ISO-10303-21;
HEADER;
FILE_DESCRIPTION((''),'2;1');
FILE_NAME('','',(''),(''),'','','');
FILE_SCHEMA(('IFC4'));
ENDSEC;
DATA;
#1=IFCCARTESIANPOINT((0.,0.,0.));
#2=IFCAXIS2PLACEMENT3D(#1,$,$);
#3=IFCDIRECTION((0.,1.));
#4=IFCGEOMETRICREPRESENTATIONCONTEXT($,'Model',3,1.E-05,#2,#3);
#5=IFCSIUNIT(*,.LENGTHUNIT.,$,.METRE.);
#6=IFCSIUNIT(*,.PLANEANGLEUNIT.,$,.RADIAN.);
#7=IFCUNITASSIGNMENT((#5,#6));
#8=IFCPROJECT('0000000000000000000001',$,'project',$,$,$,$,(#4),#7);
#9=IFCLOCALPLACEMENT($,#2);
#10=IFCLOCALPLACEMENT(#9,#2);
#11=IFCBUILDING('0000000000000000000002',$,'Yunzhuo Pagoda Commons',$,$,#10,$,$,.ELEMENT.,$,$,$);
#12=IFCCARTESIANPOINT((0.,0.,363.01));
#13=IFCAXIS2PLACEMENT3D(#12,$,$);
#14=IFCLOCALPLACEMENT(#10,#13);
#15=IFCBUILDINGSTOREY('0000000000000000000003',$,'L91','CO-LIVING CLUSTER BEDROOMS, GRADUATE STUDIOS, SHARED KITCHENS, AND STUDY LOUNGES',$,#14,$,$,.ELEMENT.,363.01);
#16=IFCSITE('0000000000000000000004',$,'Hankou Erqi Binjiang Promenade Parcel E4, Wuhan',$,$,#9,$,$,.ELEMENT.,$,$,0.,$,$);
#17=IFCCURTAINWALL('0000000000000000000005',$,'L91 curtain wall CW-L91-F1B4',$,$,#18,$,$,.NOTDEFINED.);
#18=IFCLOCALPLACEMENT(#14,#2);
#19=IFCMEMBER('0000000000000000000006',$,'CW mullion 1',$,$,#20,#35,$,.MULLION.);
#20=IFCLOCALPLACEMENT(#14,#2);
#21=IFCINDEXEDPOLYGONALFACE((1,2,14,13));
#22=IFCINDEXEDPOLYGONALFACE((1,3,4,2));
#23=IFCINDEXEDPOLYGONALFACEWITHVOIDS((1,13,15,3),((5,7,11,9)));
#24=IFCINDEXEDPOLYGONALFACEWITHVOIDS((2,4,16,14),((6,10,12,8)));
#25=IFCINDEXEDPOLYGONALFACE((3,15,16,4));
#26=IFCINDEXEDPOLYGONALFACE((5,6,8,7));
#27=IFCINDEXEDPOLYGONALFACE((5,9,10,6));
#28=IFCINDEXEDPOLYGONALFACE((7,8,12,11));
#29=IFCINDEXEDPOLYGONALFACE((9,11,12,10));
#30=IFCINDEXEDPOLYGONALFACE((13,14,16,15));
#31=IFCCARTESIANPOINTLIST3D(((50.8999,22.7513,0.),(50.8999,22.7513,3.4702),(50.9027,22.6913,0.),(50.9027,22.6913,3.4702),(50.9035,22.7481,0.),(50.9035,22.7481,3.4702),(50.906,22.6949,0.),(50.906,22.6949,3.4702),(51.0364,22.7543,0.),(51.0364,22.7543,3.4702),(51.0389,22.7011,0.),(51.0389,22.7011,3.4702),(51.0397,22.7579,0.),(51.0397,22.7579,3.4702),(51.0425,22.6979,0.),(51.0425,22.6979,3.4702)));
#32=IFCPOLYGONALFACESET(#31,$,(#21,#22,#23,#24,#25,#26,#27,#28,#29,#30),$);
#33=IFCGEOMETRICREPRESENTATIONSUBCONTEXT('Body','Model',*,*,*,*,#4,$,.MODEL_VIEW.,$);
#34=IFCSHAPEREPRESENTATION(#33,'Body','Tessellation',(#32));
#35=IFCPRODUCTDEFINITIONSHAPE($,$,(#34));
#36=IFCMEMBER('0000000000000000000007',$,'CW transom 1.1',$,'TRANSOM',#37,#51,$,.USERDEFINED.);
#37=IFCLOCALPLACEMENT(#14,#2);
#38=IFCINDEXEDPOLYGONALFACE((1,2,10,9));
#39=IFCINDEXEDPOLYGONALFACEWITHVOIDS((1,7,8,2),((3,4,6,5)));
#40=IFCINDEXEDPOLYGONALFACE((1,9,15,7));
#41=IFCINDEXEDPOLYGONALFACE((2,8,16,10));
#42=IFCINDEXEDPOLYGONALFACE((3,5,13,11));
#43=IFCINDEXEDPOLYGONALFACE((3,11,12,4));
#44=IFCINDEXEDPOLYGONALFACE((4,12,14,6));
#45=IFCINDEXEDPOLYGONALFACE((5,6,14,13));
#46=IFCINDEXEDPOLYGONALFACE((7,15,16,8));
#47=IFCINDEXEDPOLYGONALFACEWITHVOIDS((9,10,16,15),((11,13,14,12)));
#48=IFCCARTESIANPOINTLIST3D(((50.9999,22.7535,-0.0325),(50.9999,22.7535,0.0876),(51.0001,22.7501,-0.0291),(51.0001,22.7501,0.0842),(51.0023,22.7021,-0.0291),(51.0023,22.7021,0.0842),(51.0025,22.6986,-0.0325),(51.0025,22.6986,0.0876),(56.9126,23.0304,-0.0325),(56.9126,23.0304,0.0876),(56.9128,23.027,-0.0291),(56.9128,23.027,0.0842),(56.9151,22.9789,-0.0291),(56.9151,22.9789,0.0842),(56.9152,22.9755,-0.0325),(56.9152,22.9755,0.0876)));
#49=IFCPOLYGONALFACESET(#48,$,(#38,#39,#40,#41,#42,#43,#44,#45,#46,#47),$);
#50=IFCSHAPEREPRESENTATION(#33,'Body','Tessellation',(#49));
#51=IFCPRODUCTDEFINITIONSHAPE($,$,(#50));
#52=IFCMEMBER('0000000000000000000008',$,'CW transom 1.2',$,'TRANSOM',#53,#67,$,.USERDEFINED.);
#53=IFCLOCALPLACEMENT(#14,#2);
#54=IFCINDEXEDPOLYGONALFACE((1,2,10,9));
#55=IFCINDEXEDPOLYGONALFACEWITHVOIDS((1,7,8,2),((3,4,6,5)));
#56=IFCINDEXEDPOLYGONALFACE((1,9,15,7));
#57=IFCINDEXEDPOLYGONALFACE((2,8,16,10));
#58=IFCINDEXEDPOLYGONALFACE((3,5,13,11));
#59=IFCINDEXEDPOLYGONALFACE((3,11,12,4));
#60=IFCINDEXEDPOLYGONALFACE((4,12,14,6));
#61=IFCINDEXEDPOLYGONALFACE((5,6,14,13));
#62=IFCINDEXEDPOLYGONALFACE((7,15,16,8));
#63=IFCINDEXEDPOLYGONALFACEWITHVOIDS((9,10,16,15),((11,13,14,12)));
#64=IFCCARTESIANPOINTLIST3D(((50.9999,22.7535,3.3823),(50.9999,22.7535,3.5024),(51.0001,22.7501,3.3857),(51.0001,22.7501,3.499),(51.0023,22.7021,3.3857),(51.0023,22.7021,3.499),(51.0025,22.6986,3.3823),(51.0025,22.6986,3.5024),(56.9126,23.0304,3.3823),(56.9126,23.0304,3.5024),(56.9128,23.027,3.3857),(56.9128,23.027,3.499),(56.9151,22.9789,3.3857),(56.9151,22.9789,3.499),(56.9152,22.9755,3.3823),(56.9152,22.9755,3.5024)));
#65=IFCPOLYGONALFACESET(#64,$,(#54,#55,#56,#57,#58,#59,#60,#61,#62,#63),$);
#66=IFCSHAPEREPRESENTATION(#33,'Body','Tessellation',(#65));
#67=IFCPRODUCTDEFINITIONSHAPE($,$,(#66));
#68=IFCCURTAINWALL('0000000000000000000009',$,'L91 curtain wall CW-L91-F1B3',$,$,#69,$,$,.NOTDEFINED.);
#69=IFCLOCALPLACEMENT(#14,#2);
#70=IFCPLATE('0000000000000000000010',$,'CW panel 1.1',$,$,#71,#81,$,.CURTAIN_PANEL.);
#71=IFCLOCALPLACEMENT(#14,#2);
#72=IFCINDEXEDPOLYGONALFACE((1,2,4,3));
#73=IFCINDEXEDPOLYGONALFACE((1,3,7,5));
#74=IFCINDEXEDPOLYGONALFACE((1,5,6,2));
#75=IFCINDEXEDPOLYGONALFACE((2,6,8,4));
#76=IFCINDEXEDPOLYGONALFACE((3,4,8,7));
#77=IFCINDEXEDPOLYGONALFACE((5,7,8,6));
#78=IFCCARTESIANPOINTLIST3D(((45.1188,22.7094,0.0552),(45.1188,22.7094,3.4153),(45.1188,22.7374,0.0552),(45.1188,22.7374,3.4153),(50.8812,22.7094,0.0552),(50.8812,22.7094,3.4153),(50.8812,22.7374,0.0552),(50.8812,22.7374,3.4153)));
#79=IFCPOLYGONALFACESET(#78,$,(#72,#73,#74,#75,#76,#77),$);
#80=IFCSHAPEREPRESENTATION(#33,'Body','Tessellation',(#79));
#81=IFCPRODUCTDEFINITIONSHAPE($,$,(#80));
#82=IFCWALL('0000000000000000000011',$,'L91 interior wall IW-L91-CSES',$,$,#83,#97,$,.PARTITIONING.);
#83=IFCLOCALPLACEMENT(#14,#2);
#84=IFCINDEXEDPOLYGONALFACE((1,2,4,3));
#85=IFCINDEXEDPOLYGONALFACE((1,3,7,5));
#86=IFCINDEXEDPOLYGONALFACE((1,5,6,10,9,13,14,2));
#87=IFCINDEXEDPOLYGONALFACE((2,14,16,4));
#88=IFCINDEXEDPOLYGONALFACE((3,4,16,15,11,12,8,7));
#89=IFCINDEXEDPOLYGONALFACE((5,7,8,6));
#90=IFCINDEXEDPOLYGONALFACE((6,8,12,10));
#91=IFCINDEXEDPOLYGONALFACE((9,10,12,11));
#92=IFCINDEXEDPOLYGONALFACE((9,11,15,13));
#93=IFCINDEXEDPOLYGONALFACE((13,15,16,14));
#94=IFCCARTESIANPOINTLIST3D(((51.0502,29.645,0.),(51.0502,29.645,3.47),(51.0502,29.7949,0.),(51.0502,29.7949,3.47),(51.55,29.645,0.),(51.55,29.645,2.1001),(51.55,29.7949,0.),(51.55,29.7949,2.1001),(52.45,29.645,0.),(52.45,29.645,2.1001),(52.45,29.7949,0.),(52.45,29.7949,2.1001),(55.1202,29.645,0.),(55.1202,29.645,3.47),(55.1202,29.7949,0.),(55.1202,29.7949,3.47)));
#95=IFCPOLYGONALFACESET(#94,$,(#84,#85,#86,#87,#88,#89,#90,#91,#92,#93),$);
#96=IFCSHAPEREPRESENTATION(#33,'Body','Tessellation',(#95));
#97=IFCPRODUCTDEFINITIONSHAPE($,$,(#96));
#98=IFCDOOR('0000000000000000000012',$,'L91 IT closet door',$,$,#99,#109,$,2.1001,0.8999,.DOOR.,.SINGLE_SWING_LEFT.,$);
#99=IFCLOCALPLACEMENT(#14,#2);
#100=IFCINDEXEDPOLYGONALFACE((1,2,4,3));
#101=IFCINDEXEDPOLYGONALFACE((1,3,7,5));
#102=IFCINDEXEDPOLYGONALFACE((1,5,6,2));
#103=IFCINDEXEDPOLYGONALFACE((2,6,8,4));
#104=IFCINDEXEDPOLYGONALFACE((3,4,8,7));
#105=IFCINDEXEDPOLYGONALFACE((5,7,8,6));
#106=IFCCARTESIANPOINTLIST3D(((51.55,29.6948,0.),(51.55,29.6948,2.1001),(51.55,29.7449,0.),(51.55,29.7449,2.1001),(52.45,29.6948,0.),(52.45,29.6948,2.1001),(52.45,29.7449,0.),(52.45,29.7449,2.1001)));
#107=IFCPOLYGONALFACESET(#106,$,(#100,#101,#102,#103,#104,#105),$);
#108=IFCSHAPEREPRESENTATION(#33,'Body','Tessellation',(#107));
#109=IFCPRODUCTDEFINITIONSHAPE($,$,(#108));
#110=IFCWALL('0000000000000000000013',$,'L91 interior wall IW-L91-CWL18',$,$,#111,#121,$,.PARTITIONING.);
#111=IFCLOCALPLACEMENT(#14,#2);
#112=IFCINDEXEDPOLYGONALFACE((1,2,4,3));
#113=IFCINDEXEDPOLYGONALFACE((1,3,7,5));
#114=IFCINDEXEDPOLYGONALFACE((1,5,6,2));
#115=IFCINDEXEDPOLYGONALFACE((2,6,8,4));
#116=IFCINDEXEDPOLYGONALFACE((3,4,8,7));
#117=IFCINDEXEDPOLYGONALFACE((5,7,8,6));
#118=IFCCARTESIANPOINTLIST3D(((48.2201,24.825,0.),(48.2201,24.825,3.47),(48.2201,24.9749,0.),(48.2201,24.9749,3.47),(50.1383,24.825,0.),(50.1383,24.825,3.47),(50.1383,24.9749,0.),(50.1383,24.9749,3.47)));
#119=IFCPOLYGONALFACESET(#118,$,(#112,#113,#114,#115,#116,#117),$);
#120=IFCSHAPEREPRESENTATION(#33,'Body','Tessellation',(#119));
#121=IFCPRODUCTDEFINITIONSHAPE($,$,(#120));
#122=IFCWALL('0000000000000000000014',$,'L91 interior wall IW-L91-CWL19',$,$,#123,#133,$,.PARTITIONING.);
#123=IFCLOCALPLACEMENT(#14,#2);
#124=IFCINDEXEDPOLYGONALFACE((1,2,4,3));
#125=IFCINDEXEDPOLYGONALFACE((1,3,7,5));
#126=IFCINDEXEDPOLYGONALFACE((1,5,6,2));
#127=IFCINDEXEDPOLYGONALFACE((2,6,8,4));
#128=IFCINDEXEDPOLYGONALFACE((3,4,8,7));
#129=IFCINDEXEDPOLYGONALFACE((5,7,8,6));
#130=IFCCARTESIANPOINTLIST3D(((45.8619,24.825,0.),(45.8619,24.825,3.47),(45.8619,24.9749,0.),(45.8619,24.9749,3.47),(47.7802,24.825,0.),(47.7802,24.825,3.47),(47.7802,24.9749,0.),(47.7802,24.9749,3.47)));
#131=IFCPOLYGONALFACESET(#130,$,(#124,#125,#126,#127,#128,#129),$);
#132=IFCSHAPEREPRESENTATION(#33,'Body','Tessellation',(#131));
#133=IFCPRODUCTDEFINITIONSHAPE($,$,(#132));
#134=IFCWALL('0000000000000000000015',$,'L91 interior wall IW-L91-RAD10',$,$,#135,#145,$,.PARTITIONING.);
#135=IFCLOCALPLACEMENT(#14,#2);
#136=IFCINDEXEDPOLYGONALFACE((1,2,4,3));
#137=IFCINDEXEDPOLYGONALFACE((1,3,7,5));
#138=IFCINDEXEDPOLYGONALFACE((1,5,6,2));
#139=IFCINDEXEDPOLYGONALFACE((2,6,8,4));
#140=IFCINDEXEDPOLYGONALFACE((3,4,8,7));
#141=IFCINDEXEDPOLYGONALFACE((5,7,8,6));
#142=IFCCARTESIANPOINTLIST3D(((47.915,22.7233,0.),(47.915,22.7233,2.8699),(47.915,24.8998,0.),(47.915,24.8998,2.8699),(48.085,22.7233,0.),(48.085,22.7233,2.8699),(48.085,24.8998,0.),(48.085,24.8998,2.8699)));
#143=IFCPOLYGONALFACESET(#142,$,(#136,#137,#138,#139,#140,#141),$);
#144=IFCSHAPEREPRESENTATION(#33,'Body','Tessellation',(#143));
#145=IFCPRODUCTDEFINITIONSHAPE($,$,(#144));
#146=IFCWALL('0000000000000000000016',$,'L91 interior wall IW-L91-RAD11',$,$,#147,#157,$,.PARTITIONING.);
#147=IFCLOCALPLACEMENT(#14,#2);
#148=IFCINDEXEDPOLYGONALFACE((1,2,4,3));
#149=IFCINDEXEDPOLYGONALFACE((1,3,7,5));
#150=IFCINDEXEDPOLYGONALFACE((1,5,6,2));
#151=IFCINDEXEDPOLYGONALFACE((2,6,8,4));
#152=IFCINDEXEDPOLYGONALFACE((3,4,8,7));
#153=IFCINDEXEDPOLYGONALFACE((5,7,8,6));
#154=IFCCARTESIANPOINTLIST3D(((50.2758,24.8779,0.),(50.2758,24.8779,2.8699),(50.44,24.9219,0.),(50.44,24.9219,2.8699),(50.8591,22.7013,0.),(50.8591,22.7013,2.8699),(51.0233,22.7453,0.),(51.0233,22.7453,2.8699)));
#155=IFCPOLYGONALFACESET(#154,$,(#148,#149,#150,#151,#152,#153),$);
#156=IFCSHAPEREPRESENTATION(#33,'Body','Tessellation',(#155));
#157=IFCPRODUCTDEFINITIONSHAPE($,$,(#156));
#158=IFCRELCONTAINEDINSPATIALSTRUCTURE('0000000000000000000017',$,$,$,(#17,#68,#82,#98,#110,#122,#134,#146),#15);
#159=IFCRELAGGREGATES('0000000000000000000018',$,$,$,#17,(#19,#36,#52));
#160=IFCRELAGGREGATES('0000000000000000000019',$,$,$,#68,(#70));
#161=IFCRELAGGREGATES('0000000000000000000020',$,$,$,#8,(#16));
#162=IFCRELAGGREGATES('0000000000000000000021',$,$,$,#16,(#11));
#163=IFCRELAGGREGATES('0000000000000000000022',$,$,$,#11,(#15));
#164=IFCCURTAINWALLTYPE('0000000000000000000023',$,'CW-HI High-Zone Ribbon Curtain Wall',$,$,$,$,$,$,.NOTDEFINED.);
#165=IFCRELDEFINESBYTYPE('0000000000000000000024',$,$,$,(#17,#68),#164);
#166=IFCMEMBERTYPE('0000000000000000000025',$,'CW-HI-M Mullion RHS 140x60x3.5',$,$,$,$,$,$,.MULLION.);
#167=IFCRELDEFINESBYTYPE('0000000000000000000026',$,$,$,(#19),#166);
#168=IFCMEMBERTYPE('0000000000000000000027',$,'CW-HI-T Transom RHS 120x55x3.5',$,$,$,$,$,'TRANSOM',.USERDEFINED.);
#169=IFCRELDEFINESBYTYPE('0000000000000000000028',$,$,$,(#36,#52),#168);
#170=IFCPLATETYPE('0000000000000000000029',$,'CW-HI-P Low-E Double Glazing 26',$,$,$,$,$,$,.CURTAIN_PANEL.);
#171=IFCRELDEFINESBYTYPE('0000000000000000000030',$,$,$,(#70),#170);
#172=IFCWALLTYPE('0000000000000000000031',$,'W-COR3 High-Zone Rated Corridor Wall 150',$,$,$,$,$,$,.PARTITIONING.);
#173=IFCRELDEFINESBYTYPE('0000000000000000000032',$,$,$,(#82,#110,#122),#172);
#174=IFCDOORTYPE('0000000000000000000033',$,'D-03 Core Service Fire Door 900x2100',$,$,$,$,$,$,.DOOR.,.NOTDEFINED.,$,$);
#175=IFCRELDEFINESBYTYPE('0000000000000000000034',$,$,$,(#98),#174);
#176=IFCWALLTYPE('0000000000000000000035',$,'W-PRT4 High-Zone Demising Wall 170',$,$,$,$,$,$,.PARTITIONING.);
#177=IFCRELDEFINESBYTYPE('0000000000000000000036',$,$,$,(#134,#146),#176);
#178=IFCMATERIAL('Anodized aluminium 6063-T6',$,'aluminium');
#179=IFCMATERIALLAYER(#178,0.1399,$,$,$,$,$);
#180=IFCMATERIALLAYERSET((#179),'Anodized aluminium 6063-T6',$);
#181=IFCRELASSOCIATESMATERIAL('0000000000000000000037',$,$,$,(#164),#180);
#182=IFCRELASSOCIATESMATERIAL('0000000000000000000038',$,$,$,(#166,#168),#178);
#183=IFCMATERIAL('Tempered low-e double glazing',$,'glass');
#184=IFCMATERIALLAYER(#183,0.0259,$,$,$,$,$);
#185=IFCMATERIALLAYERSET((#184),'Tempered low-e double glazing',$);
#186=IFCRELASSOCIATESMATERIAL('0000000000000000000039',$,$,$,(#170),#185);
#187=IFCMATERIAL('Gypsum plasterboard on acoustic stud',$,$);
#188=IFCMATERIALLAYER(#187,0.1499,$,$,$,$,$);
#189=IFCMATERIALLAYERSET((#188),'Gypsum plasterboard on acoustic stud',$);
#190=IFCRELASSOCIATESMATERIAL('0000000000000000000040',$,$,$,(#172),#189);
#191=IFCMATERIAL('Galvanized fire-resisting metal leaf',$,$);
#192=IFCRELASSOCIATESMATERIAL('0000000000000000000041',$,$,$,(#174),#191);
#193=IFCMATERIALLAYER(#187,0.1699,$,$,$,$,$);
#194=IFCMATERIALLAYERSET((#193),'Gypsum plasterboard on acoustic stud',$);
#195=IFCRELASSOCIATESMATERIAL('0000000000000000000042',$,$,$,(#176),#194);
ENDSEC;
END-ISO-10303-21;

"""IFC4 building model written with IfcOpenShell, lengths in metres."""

from ifc_helpers import new_model, si_unit, direction, frame, frame_2d, origin, origin_with_axes, origin_2d, place, context, subcontext, project, spatial, rectangle, hollow_rectangle, extrude, source, transform, mapped, material, layer, layer_set, material_profile, profile_set, type_object, element, fill, aggregate, save


model = new_model("IFC4")

# Units and contexts
model_context = context("Model", 3, precision=1e-05, world=origin(), true_north=direction((0.0, 1.0)))
body_context = subcontext(model_context, "Body", "Model", "MODEL_VIEW")
ifc_project = project(units=[si_unit("LENGTHUNIT", "METRE"), si_unit("PLANEANGLEUNIT", "RADIAN")], contexts=[model_context])

# Site, building, storey
site_placement = place(None, origin())
site = spatial("IfcSite", under=ifc_project, at=site_placement, Name="Hankou Erqi Binjiang Promenade Parcel E4, Wuhan", CompositionType="ELEMENT", RefElevation=0.0)
building_placement = place(site_placement, origin())
building = spatial("IfcBuilding", under=site, at=building_placement, Name="Yunzhuo Pagoda Commons", CompositionType="ELEMENT")
storey_placement = place(building_placement, frame((0.0, 0.0, 363.01)))
storey = spatial("IfcBuildingStorey", under=building, at=storey_placement, Name="L91", Description="CO-LIVING CLUSTER BEDROOMS, GRADUATE STUDIOS, SHARED KITCHENS, AND STUDY LOUNGES", CompositionType="ELEMENT", Elevation=363.01)

# Curtain wall, members
ifc_material_1 = material(Name="Anodized aluminium 6063-T6", Category="aluminium")
ifc_layer_1 = layer(ifc_material_1, 0.1399)
ifc_layer_set_1 = layer_set([ifc_layer_1], Name="Anodized aluminium 6063-T6")
curtain_wall_type = type_object("IfcCurtainWallType", Name="CW-HI High-Zone Ribbon Curtain Wall", PredefinedType="NOTDEFINED", material=ifc_layer_set_1)
curtain_wall_1_placement = place(storey_placement, origin())
curtain_wall_1 = element("IfcCurtainWall", 1, at=curtain_wall_1_placement, inside=storey, type_object=curtain_wall_type, Name="L91 curtain wall CW-L91-F1B4", PredefinedType="NOTDEFINED")
ifc_material_profile_1 = material_profile(ifc_material_1, hollow_rectangle(XDim=0.0601, YDim=0.1399, WallThickness=0.0034, at=origin_2d()), Name="Anodized aluminium 6063-T6")
ifc_profile_set_1 = profile_set([ifc_material_profile_1], Name="Anodized aluminium 6063-T6")
member_type_1 = type_object("IfcMemberType", Name="CW-HI-M Mullion RHS 140x60x3.5", PredefinedType="MULLION", material=ifc_profile_set_1)
shared_shape_1 = source(origin(), body_context, "Body", "SweptSolid", [
    extrude(hollow_rectangle(XDim=0.0601, YDim=0.1399, WallThickness=0.0034, at=origin_2d()), origin(), (0.0, 0.0, 1.0), 3.4702),
])
member_1_placement = place(storey_placement, frame((50.9712, 22.7246, 0.0), z_axis=(0.0, 0.0, 1.0), x_axis=(-0.046712, 0.998908, 0.0)))
member_1 = element("IfcMember", 2, at=member_1_placement, type_object=member_type_1, Name="CW mullion 1", PredefinedType="MULLION", context=body_context, shape_type="MappedRepresentation", body=[
    mapped(shared_shape_1, transform((0.0, 0.0, 0.0), scale=1.0)),
])
ifc_material_profile_2 = material_profile(ifc_material_1, hollow_rectangle(XDim=0.0549, YDim=0.1201, WallThickness=0.0034, at=origin_2d()), Name="Anodized aluminium 6063-T6")
ifc_profile_set_2 = profile_set([ifc_material_profile_2], Name="Anodized aluminium 6063-T6")
member_type_2 = type_object("IfcMemberType", Name="CW-HI-T Transom RHS 120x55x3.5", ElementType="TRANSOM", PredefinedType="USERDEFINED", material=ifc_profile_set_2)
shared_shape_2 = source(origin(), body_context, "Body", "SweptSolid", [
    extrude(hollow_rectangle(XDim=0.0549, YDim=0.1201, WallThickness=0.0034, at=origin_2d()), origin(), (0.0, 0.0, 1.0), 5.9192),
])
member_2_placement = place(storey_placement, frame((51.0012, 22.7261, 0.0276), z_axis=(0.998906, 0.046773, 0.0), x_axis=(-0.046773, 0.998906, 0.0)))
member_2 = element("IfcMember", 3, at=member_2_placement, type_object=member_type_2, Name="CW transom 1.1", ObjectType="TRANSOM", PredefinedType="USERDEFINED", context=body_context, shape_type="MappedRepresentation", body=[
    mapped(shared_shape_2, transform((0.0, 0.0, 0.0), scale=1.0)),
])
member_3_placement = place(storey_placement, frame((51.0012, 22.7261, 3.4424), z_axis=(0.998906, 0.046773, 0.0), x_axis=(-0.046773, 0.998906, 0.0)))
member_3 = element("IfcMember", 4, at=member_3_placement, type_object=member_type_2, Name="CW transom 1.2", ObjectType="TRANSOM", PredefinedType="USERDEFINED", context=body_context, shape_type="MappedRepresentation", body=[
    mapped(shared_shape_2, transform((0.0, 0.0, 0.0), scale=1.0)),
])
aggregate(curtain_wall_1, [member_1, member_2, member_3])

# Curtain wall, plate
curtain_wall_2_placement = place(storey_placement, origin())
curtain_wall_2 = element("IfcCurtainWall", 5, at=curtain_wall_2_placement, inside=storey, type_object=curtain_wall_type, Name="L91 curtain wall CW-L91-F1B3", PredefinedType="NOTDEFINED")
ifc_material_2 = material(Name="Tempered low-e double glazing", Category="glass")
ifc_layer_2 = layer(ifc_material_2, 0.0259)
ifc_layer_set_2 = layer_set([ifc_layer_2], Name="Tempered low-e double glazing")
plate_type = type_object("IfcPlateType", Name="CW-HI-P Low-E Double Glazing 26", PredefinedType="CURTAIN_PANEL", material=ifc_layer_set_2)
shared_shape_3 = source(origin(), body_context, "Body", "SweptSolid", [
    extrude(rectangle(XDim=5.7625, YDim=0.0281, at=origin_2d()), origin(), (0.0, 0.0, 1.0), 3.3601),
])
plate_placement = place(storey_placement, frame((48.0, 22.7234, 0.0552), z_axis=(0.0, 0.0, 1.0), x_axis=(1.0, 0.0, 0.0)))
plate = element("IfcPlate", 6, at=plate_placement, type_object=plate_type, Name="CW panel 1.1", PredefinedType="CURTAIN_PANEL", context=body_context, shape_type="MappedRepresentation", body=[
    mapped(shared_shape_3, transform((0.0, 0.0, 0.0), scale=1.0)),
])
aggregate(curtain_wall_2, [plate])

# Wall, opening, door
ifc_material_3 = material(Name="Gypsum plasterboard on acoustic stud")
ifc_layer_3 = layer(ifc_material_3, 0.1499)
ifc_layer_set_3 = layer_set([ifc_layer_3], Name="Gypsum plasterboard on acoustic stud")
wall_type_1 = type_object("IfcWallType", Name="W-COR3 High-Zone Rated Corridor Wall 150", PredefinedType="PARTITIONING", material=ifc_layer_set_3)
wall_1_placement = place(storey_placement, frame((51.05, 29.72, 0.0), z_axis=(0.0, 0.0, 1.0), x_axis=(1.0, 0.0, 0.0)))
wall_1 = element("IfcWall", 7, at=wall_1_placement, inside=storey, type_object=wall_type_1, Name="L91 interior wall IW-L91-CSES", PredefinedType="PARTITIONING", context=body_context, shape_type="SweptSolid", body=[
    extrude(rectangle(XDim=4.0701, YDim=0.1499, at=frame_2d((2.0352, 0.0))), origin(), (0.0, 0.0, 1.0), 3.47),
])
opening_1_placement = place(wall_1_placement, frame((0.5, 0.0, 0.0)))
opening_1 = element("IfcOpeningElement", 8, at=opening_1_placement, cuts=wall_1, PredefinedType="OPENING", context=body_context, shape_type="SweptSolid", body=[
    extrude(rectangle(XDim=0.8999, YDim=2.1001, at=frame_2d((0.45, 1.05))), frame((0.0, 0.085, 0.0), z_axis=(0.0, -1.0, 0.0), x_axis=(1.0, 0.0, 0.0)), (0.0, 0.0, 1.0), 0.1699),
])
ifc_material_4 = material(Name="Galvanized fire-resisting metal leaf")
door_type_1 = type_object("IfcDoorType", Name="D-03 Core Service Fire Door 900x2100", OperationType="NOTDEFINED", PredefinedType="DOOR", material=ifc_material_4)
shared_shape_4 = source(origin(), body_context, "Body", "SweptSolid", [
    extrude(rectangle(XDim=0.8999, YDim=2.1001, at=frame_2d((0.45, 1.05))), frame((0.0, 0.0249, 0.0), z_axis=(0.0, -1.0, 0.0), x_axis=(1.0, 0.0, 0.0)), (0.0, 0.0, 1.0), 0.05),
])
door_1_placement = place(opening_1_placement, origin_with_axes())
door_1 = element("IfcDoor", 9, at=door_1_placement, inside=storey, type_object=door_type_1, Name="L91 IT closet door", OperationType="SINGLE_SWING_LEFT", OverallHeight=2.1001, OverallWidth=0.8999, PredefinedType="DOOR", context=body_context, shape_type="MappedRepresentation", body=[
    mapped(shared_shape_4, transform((0.0, 0.0, 0.0), scale=1.0)),
])
fill(opening_1, door_1)

# Walls
for number, where, z_axis, x_axis, name in (
    (10, (50.1382, 24.8999, 0.0), (0.0, 0.0, 1.0), (-1.0, 0.0, 0.0), "L91 interior wall IW-L91-CWL18"),
    (11, (47.78, 24.8999, 0.0), (0.0, 0.0, 1.0), (-1.0, 0.0, 0.0), "L91 interior wall IW-L91-CWL19"),
):
    element("IfcWall", number, at=place(storey_placement, frame(where, z_axis=z_axis, x_axis=x_axis)), inside=storey, type_object=wall_type_1, Name=name, PredefinedType="PARTITIONING", context=body_context, shape_type="SweptSolid", body=[
        extrude(rectangle(XDim=1.9182, YDim=0.1499, at=frame_2d((0.959, 0.0))), origin(), (0.0, 0.0, 1.0), 3.47),
    ])
ifc_layer_4 = layer(ifc_material_3, 0.1699)
ifc_layer_set_4 = layer_set([ifc_layer_4], Name="Gypsum plasterboard on acoustic stud")
wall_type_2 = type_object("IfcWallType", Name="W-PRT4 High-Zone Demising Wall 170", PredefinedType="PARTITIONING", material=ifc_layer_set_4)
wall_2_placement = place(storey_placement, frame((48.0, 24.8999, 0.0), z_axis=(0.0, 0.0, 1.0), x_axis=(0.0, -1.0, 0.0)))
element("IfcWall", 12, at=wall_2_placement, inside=storey, type_object=wall_type_2, Name="L91 interior wall IW-L91-RAD10", PredefinedType="PARTITIONING", context=body_context, shape_type="SweptSolid", body=[
    extrude(rectangle(XDim=2.1765, YDim=0.1699, at=frame_2d((1.0884, 0.0))), origin(), (0.0, 0.0, 1.0), 2.8699),
])
wall_3_placement = place(storey_placement, frame((50.3579, 24.8999, 0.0), z_axis=(0.0, 0.0, 1.0), x_axis=(0.258843, -0.96592, 0.0)))
element("IfcWall", 13, at=wall_3_placement, inside=storey, type_object=wall_type_2, Name="L91 interior wall IW-L91-RAD11", PredefinedType="PARTITIONING", context=body_context, shape_type="SweptSolid", body=[
    extrude(rectangle(XDim=2.2534, YDim=0.1699, at=frame_2d((1.1267, 0.0))), origin(), (0.0, 0.0, 1.0), 2.8699),
])

save(model, "model.ifc")
